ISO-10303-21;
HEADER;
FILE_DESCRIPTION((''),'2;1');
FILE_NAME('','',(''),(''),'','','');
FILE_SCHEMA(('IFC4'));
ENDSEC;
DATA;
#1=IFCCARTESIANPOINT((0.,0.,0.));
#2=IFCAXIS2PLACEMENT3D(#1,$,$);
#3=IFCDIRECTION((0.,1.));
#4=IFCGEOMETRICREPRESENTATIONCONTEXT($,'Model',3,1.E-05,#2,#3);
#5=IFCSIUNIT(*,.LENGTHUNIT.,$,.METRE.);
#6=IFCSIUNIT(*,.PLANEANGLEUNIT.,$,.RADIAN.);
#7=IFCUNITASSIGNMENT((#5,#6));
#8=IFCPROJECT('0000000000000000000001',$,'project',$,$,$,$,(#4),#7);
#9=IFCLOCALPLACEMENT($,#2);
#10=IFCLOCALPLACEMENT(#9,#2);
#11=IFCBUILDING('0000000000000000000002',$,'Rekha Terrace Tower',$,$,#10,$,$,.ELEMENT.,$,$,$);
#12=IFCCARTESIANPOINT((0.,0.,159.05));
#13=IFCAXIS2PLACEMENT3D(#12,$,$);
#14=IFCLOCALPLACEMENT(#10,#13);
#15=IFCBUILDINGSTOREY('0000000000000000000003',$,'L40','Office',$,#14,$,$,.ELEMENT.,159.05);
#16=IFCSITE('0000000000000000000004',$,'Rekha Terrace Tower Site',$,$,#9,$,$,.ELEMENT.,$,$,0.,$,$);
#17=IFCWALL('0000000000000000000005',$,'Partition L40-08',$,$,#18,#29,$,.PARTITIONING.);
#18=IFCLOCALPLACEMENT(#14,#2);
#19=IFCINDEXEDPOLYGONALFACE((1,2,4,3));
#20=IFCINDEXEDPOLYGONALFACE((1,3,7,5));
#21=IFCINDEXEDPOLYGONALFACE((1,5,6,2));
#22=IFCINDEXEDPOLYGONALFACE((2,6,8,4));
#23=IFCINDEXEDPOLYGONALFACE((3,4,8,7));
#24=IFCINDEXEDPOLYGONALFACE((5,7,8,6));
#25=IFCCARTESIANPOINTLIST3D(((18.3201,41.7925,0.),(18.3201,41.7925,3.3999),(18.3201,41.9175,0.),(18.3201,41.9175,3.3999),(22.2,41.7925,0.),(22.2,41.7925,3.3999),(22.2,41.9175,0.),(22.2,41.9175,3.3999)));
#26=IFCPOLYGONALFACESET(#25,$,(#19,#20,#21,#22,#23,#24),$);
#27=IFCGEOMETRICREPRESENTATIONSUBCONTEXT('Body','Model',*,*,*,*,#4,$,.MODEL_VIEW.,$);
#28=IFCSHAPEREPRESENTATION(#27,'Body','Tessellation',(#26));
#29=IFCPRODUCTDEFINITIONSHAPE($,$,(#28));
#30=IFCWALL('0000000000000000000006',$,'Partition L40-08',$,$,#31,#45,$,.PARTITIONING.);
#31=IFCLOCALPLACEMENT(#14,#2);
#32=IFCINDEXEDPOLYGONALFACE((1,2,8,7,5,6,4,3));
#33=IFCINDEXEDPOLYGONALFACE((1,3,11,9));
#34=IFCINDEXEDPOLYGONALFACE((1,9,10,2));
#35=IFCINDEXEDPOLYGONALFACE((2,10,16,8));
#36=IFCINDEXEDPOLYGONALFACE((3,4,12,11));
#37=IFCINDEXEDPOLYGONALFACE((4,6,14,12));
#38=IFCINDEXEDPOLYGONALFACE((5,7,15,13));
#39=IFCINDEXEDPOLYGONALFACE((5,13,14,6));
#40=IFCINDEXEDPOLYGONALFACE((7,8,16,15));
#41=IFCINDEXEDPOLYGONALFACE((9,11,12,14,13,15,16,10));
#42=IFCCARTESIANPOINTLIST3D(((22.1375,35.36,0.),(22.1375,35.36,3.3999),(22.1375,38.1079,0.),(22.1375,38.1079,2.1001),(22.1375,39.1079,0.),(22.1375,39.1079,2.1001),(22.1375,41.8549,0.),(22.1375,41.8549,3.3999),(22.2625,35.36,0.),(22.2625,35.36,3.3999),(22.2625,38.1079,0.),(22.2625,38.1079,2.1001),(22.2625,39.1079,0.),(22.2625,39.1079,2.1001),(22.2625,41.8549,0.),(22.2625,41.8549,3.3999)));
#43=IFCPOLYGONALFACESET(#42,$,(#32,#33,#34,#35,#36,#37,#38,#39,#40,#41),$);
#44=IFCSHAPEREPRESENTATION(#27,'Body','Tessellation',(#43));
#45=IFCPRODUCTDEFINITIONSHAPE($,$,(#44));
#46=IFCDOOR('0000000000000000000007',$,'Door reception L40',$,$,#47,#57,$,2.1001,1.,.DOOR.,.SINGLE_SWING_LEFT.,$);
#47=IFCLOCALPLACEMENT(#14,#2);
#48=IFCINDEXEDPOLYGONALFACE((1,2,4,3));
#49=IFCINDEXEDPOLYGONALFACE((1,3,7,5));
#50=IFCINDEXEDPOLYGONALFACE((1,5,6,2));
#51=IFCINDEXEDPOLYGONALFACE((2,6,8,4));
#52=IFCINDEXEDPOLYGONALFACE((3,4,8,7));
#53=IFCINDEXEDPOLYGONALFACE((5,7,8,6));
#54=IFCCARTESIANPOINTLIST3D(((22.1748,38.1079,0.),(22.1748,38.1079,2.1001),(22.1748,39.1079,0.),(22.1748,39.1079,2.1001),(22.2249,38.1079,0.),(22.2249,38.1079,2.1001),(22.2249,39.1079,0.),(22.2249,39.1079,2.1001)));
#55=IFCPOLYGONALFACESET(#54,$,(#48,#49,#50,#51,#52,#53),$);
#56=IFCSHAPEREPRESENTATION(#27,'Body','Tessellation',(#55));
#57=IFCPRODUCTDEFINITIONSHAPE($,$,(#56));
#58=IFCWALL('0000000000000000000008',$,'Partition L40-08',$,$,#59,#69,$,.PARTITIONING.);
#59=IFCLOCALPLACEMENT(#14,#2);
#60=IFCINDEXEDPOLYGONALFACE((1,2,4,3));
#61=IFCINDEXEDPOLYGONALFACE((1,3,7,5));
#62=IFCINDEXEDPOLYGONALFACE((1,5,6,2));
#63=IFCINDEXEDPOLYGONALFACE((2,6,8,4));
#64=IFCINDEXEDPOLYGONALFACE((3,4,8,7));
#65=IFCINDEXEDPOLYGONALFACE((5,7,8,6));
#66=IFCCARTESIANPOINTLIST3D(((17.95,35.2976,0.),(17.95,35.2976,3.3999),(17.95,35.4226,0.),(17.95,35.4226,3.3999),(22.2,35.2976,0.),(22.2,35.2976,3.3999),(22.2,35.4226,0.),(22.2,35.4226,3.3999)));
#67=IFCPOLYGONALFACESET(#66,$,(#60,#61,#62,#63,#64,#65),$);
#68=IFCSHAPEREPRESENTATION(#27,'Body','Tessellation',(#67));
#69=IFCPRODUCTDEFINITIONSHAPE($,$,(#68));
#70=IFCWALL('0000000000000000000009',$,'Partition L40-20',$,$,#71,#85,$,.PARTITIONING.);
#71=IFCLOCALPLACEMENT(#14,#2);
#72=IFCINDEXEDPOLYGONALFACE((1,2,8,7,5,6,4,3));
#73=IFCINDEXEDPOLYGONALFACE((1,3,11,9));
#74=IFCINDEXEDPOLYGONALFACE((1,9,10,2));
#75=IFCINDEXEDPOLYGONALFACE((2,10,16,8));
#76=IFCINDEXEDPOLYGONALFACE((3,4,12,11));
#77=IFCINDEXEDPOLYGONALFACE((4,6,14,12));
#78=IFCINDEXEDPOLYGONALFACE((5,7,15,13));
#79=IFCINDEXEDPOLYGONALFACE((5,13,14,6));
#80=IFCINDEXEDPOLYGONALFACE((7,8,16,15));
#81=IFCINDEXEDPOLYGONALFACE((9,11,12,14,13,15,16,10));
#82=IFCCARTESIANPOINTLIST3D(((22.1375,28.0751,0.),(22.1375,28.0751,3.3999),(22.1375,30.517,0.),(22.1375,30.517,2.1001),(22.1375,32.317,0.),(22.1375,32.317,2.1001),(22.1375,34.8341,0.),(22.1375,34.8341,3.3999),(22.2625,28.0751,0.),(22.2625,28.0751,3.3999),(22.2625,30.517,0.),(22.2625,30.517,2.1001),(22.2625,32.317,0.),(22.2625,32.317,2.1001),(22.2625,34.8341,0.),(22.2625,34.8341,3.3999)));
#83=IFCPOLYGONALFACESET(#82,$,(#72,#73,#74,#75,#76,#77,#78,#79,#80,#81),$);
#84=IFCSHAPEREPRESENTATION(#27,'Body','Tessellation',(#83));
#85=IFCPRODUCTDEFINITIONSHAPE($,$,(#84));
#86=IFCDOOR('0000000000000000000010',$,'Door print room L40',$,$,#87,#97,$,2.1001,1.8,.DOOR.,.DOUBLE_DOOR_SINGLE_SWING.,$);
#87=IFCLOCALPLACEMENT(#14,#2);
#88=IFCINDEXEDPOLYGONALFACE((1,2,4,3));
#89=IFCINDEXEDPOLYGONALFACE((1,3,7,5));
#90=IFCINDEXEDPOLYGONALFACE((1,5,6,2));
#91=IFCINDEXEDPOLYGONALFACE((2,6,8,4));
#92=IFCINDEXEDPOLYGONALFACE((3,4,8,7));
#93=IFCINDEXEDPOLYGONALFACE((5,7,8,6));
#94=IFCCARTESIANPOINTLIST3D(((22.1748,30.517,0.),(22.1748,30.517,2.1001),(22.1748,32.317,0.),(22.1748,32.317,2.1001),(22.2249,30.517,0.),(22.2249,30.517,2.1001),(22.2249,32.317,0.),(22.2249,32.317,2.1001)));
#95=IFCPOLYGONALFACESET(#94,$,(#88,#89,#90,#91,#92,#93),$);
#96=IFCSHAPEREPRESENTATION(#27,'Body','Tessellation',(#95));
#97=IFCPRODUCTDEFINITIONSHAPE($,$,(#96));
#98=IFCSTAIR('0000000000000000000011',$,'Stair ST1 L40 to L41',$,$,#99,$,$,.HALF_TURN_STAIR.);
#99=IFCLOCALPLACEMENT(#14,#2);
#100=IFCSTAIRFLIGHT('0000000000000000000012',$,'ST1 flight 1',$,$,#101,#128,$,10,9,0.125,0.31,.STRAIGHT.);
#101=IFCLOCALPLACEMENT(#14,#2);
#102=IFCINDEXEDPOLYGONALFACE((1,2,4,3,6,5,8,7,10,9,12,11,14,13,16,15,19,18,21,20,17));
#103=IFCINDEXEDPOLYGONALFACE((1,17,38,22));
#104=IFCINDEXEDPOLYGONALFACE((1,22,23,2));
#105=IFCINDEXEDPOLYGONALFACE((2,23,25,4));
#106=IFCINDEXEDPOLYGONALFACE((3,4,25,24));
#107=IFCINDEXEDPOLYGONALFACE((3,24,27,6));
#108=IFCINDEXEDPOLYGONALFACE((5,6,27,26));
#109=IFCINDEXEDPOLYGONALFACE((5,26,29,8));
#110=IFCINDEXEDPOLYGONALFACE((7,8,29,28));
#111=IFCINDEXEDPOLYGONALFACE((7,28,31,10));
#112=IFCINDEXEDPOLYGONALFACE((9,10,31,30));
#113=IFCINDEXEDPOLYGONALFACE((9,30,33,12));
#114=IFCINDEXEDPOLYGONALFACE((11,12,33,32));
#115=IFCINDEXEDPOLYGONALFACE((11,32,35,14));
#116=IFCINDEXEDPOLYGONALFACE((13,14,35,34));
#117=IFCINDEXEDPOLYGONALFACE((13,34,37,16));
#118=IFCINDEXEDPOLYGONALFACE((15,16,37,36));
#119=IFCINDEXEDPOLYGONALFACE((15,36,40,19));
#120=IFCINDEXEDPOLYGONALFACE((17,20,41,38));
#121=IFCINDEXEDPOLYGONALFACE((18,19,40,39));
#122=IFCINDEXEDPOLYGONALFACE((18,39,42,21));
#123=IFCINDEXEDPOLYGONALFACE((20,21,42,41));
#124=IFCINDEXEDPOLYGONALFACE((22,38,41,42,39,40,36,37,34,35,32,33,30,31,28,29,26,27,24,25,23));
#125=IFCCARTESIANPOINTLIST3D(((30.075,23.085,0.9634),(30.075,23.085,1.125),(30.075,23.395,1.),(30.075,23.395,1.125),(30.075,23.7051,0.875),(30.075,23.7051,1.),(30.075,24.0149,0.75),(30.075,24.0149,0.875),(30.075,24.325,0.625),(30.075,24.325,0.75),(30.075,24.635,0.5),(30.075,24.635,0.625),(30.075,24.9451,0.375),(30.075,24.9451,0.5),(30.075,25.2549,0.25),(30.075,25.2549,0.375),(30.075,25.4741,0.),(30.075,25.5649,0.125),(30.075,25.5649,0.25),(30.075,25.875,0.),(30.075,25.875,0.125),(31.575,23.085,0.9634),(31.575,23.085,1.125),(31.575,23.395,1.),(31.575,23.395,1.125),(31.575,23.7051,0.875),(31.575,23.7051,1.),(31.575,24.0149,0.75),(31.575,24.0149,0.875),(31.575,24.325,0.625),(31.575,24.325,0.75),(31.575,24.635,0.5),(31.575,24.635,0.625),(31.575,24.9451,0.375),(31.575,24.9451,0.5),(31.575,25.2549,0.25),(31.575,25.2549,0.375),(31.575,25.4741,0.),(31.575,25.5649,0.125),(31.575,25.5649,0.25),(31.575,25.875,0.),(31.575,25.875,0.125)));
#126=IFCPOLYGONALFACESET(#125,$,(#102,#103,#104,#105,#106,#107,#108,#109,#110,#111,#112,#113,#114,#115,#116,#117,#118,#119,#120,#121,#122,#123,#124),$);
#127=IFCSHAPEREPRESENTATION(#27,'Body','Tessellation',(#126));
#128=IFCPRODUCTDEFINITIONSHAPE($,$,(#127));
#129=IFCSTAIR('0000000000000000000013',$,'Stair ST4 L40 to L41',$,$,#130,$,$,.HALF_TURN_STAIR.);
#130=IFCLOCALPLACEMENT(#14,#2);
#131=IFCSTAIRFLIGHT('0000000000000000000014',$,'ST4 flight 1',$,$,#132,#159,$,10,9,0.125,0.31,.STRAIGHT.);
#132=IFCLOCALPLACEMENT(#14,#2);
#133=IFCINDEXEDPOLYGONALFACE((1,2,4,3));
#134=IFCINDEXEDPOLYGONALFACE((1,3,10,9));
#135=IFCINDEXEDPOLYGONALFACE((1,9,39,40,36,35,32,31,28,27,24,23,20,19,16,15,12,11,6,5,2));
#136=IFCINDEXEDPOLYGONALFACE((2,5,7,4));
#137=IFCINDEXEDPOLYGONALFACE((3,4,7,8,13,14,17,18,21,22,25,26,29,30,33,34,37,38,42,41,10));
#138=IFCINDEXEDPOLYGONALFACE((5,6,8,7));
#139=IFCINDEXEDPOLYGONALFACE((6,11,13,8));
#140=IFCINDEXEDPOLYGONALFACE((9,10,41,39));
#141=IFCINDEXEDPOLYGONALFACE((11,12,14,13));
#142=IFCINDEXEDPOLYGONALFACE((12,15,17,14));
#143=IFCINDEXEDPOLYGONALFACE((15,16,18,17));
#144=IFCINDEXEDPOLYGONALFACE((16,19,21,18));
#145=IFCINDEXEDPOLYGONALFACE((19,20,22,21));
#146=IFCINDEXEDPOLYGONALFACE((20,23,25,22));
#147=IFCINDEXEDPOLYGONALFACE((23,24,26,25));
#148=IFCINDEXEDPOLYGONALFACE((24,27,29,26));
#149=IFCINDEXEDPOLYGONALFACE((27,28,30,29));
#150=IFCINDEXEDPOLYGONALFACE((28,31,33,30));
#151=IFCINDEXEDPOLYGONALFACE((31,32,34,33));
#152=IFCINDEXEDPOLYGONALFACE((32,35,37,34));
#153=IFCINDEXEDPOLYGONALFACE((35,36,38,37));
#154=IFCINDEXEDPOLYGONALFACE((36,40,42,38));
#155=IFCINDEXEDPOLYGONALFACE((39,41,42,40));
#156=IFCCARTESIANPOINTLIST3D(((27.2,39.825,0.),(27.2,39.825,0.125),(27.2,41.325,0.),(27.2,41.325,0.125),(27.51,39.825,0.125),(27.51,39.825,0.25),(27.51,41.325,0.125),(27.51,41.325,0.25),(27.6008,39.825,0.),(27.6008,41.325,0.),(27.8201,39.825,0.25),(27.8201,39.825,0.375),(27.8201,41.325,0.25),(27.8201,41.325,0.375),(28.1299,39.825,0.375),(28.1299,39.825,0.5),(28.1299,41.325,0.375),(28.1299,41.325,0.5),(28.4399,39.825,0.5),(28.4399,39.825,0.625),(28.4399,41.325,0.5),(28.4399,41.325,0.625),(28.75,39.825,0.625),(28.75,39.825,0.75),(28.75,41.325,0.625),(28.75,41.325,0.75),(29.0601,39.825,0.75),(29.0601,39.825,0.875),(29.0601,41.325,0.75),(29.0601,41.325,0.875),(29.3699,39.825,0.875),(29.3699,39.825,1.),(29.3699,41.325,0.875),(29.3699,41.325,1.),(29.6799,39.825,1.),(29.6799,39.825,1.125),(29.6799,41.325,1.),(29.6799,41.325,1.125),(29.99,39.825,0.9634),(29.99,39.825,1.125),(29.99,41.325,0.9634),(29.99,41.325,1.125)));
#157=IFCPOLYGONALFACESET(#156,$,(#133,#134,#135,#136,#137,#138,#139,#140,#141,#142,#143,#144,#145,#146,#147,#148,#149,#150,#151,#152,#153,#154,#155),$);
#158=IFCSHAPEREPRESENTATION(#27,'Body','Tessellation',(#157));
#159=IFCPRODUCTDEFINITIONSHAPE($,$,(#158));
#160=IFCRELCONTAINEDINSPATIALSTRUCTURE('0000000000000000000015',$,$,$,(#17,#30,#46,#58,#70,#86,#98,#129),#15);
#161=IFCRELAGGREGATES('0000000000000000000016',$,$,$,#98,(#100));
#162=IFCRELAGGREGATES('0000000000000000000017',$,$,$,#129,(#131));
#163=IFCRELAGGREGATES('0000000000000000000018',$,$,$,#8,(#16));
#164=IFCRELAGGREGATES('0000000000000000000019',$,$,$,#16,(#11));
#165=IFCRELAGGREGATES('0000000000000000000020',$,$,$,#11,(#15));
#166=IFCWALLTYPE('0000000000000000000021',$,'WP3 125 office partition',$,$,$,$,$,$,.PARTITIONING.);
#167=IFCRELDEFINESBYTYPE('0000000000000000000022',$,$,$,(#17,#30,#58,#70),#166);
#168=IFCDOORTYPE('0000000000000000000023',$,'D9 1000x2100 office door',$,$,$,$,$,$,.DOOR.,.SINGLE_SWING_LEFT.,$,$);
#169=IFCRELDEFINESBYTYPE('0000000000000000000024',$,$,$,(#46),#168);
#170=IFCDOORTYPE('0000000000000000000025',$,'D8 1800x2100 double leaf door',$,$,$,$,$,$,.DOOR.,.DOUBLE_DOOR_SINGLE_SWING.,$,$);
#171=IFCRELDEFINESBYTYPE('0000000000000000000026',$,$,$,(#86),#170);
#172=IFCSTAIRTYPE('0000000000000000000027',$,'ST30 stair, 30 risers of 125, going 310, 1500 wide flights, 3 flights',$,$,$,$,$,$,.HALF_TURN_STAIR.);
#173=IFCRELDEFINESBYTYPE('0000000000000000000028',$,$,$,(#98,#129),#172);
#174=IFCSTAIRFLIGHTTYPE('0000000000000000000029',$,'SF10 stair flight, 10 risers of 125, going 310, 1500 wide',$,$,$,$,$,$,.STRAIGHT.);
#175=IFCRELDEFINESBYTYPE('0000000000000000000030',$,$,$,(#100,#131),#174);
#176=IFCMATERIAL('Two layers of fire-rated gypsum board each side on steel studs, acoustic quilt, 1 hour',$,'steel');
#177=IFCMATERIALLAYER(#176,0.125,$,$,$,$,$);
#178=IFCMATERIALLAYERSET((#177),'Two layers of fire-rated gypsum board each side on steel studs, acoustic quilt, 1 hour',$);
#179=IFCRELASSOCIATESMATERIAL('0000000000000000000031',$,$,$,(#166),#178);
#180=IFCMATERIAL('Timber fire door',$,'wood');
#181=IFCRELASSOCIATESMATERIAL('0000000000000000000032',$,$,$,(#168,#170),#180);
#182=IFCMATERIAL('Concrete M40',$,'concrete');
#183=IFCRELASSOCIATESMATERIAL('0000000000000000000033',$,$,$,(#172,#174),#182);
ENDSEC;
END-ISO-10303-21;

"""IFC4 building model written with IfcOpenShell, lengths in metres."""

from ifc_helpers import new_model, si_unit, direction, frame, frame_2d, origin, place, context, subcontext, project, spatial, polyline, rectangle, outline, extrude, material, layer, layer_set, type_object, element, fill, aggregate, save


model = new_model("IFC4")

# Units and contexts
model_context = context("Model", 3, precision=1e-05, world=origin(), true_north=direction((0.0, 1.0)))
body_context = subcontext(model_context, "Body", "Model", "MODEL_VIEW")
ifc_project = project(units=[si_unit("LENGTHUNIT", "METRE"), si_unit("PLANEANGLEUNIT", "RADIAN")], contexts=[model_context])

# Site, building, storey
site_placement = place(None, origin())
site = spatial("IfcSite", under=ifc_project, at=site_placement, Name="Rekha Terrace Tower Site", CompositionType="ELEMENT", RefElevation=0.0)
building_placement = place(site_placement, origin())
building = spatial("IfcBuilding", under=site, at=building_placement, Name="Rekha Terrace Tower", CompositionType="ELEMENT")
storey_placement = place(building_placement, frame((0.0, 0.0, 159.05)))
storey = spatial("IfcBuildingStorey", under=building, at=storey_placement, Name="L40", Description="Office", CompositionType="ELEMENT", Elevation=159.05)

# Wall
ifc_material_1 = material(Name="Two layers of fire-rated gypsum board each side on steel studs, acoustic quilt, 1 hour", Category="steel")
ifc_layer_1 = layer(ifc_material_1, 0.125)
ifc_layer_set_1 = layer_set([ifc_layer_1], Name="Two layers of fire-rated gypsum board each side on steel studs, acoustic quilt, 1 hour")
wall_type_1 = type_object("IfcWallType", Name="WP3 125 office partition", PredefinedType="PARTITIONING", material=ifc_layer_set_1)
wall_1_placement = place(storey_placement, frame((18.3201, 41.855, 0.0), z_axis=(0.0, 0.0, 1.0), x_axis=(1.0, 0.0, 0.0)))
element("IfcWall", 1, at=wall_1_placement, inside=storey, type_object=wall_type_1, Name="Partition L40-08", PredefinedType="PARTITIONING", context=body_context, shape_type="SweptSolid", body=[
    extrude(rectangle(XDim=3.8799, YDim=0.125, at=frame_2d((1.9399, 0.0))), origin(), (0.0, 0.0, 1.0), 3.3999),
])

# Wall, opening, door
wall_2_placement = place(storey_placement, frame((22.2, 41.855, 0.0), z_axis=(0.0, 0.0, 1.0), x_axis=(0.0, -1.0, 0.0)))
wall_2 = element("IfcWall", 2, at=wall_2_placement, inside=storey, type_object=wall_type_1, Name="Partition L40-08", PredefinedType="PARTITIONING", context=body_context, shape_type="SweptSolid", body=[
    extrude(rectangle(XDim=6.4949, YDim=0.125, at=frame_2d((3.2476, 0.0))), origin(), (0.0, 0.0, 1.0), 3.3999),
])
opening_1_placement = place(wall_2_placement, frame((2.7471, 0.0, 0.0)))
opening_1 = element("IfcOpeningElement", 3, at=opening_1_placement, cuts=wall_2, PredefinedType="OPENING", context=body_context, shape_type="SweptSolid", body=[
    extrude(rectangle(XDim=1.0, YDim=2.1001, at=frame_2d((0.5, 1.05))), frame((0.0, 0.0725, 0.0), z_axis=(0.0, -1.0, 0.0), x_axis=(1.0, 0.0, 0.0)), (0.0, 0.0, 1.0), 0.145),
])
ifc_material_2 = material(Name="Timber fire door", Category="wood")
door_type_1 = type_object("IfcDoorType", Name="D9 1000x2100 office door", OperationType="SINGLE_SWING_LEFT", PredefinedType="DOOR", material=ifc_material_2)
door_1_placement = place(opening_1_placement, origin())
door_1 = element("IfcDoor", 4, at=door_1_placement, inside=storey, type_object=door_type_1, Name="Door reception L40", OperationType="SINGLE_SWING_LEFT", OverallHeight=2.1001, OverallWidth=1.0, PredefinedType="DOOR", context=body_context, shape_type="SweptSolid", body=[
    extrude(rectangle(XDim=1.0, YDim=2.1001, at=frame_2d((0.5, 1.05))), frame((0.0, 0.0249, 0.0), z_axis=(0.0, -1.0, 0.0), x_axis=(1.0, 0.0, 0.0)), (0.0, 0.0, 1.0), 0.05),
])
fill(opening_1, door_1)

# Wall
wall_3_placement = place(storey_placement, frame((22.2, 35.3601, 0.0), z_axis=(0.0, 0.0, 1.0), x_axis=(-1.0, 0.0, 0.0)))
element("IfcWall", 5, at=wall_3_placement, inside=storey, type_object=wall_type_1, Name="Partition L40-08", PredefinedType="PARTITIONING", context=body_context, shape_type="SweptSolid", body=[
    extrude(rectangle(XDim=4.25, YDim=0.125, at=frame_2d((2.125, 0.0))), origin(), (0.0, 0.0, 1.0), 3.3999),
])

# Wall, opening, door
wall_4_placement = place(storey_placement, frame((22.2, 34.834, 0.0), z_axis=(0.0, 0.0, 1.0), x_axis=(0.0, -1.0, 0.0)))
wall_4 = element("IfcWall", 6, at=wall_4_placement, inside=storey, type_object=wall_type_1, Name="Partition L40-20", PredefinedType="PARTITIONING", context=body_context, shape_type="SweptSolid", body=[
    extrude(rectangle(XDim=6.759, YDim=0.125, at=frame_2d((3.3794, 0.0))), origin(), (0.0, 0.0, 1.0), 3.3999),
])
opening_2_placement = place(wall_4_placement, frame((2.5171, 0.0, 0.0)))
opening_2 = element("IfcOpeningElement", 7, at=opening_2_placement, cuts=wall_4, PredefinedType="OPENING", context=body_context, shape_type="SweptSolid", body=[
    extrude(rectangle(XDim=1.8, YDim=2.1001, at=frame_2d((0.8999, 1.05))), frame((0.0, 0.0725, 0.0), z_axis=(0.0, -1.0, 0.0), x_axis=(1.0, 0.0, 0.0)), (0.0, 0.0, 1.0), 0.145),
])
door_type_2 = type_object("IfcDoorType", Name="D8 1800x2100 double leaf door", OperationType="DOUBLE_DOOR_SINGLE_SWING", PredefinedType="DOOR", material=ifc_material_2)
door_2_placement = place(opening_2_placement, origin())
door_2 = element("IfcDoor", 8, at=door_2_placement, inside=storey, type_object=door_type_2, Name="Door print room L40", OperationType="DOUBLE_DOOR_SINGLE_SWING", OverallHeight=2.1001, OverallWidth=1.8, PredefinedType="DOOR", context=body_context, shape_type="SweptSolid", body=[
    extrude(rectangle(XDim=1.8, YDim=2.1001, at=frame_2d((0.8999, 1.05))), frame((0.0, 0.0249, 0.0), z_axis=(0.0, -1.0, 0.0), x_axis=(1.0, 0.0, 0.0)), (0.0, 0.0, 1.0), 0.05),
])
fill(opening_2, door_2)

# Stair, stair flight
ifc_material_3 = material(Name="Concrete M40", Category="concrete")
stair_type = type_object("IfcStairType", Name="ST30 stair, 30 risers of 125, going 310, 1500 wide flights, 3 flights", PredefinedType="HALF_TURN_STAIR", material=ifc_material_3)
stair_1_placement = place(storey_placement, origin())
stair_1 = element("IfcStair", 9, at=stair_1_placement, inside=storey, type_object=stair_type, Name="Stair ST1 L40 to L41", PredefinedType="HALF_TURN_STAIR")
stair_flight_type = type_object("IfcStairFlightType", Name="SF10 stair flight, 10 risers of 125, going 310, 1500 wide", PredefinedType="STRAIGHT", material=ifc_material_3)
stair_flight_1_placement = place(storey_placement, frame((30.825, 25.875, 0.0), z_axis=(0.0, 0.0, 1.0), x_axis=(0.0, -1.0, 0.0)))
stair_flight_1 = element("IfcStairFlight", 10, at=stair_flight_1_placement, type_object=stair_flight_type, Name="ST1 flight 1", NumberOfRisers=10, NumberOfTreads=9, PredefinedType="STRAIGHT", RiserHeight=0.125, TreadLength=0.31, context=body_context, shape_type="SweptSolid", body=[
    extrude(outline(polyline([(0.0, 0.0), (0.0, 0.125), (0.3101, 0.125), (0.3101, 0.25), (0.6201, 0.25), (0.6201, 0.375), (0.9299, 0.375), (0.9299, 0.5), (1.24, 0.5), (1.24, 0.625), (1.55, 0.625), (1.55, 0.75), (1.8601, 0.75), (1.8601, 0.875), (2.1699, 0.875), (2.1699, 1.0), (2.48, 1.0), (2.48, 1.125), (2.79, 1.125), (2.79, 1.25), (2.79, 0.9634), (0.4009, 0.0), (0.0, 0.0)])), frame((0.0, 0.75, 0.0), z_axis=(0.0, -1.0, 0.0), x_axis=(1.0, 0.0, 0.0)), (0.0, 0.0, 1.0), 1.5),
])
aggregate(stair_1, [stair_flight_1])

# Stair, stair flight
stair_2_placement = place(storey_placement, origin())
stair_2 = element("IfcStair", 11, at=stair_2_placement, inside=storey, type_object=stair_type, Name="Stair ST4 L40 to L41", PredefinedType="HALF_TURN_STAIR")
stair_flight_2_placement = place(storey_placement, frame((27.2, 40.575, 0.0), z_axis=(0.0, 0.0, 1.0), x_axis=(1.0, 0.0, 0.0)))
stair_flight_2 = element("IfcStairFlight", 12, at=stair_flight_2_placement, type_object=stair_flight_type, Name="ST4 flight 1", NumberOfRisers=10, NumberOfTreads=9, PredefinedType="STRAIGHT", RiserHeight=0.125, TreadLength=0.31, context=body_context, shape_type="SweptSolid", body=[
    extrude(outline(polyline([(0.0, 0.0), (0.0, 0.125), (0.3101, 0.125), (0.3101, 0.25), (0.6201, 0.25), (0.6201, 0.375), (0.9299, 0.375), (0.9299, 0.5), (1.24, 0.5), (1.24, 0.625), (1.55, 0.625), (1.55, 0.75), (1.8601, 0.75), (1.8601, 0.875), (2.1699, 0.875), (2.1699, 1.0), (2.48, 1.0), (2.48, 1.125), (2.79, 1.125), (2.79, 1.25), (2.79, 0.9634), (0.4009, 0.0), (0.0, 0.0)])), frame((0.0, 0.75, 0.0), z_axis=(0.0, -1.0, 0.0), x_axis=(1.0, 0.0, 0.0)), (0.0, 0.0, 1.0), 1.5),
])
aggregate(stair_2, [stair_flight_2])

save(model, "model.ifc")
